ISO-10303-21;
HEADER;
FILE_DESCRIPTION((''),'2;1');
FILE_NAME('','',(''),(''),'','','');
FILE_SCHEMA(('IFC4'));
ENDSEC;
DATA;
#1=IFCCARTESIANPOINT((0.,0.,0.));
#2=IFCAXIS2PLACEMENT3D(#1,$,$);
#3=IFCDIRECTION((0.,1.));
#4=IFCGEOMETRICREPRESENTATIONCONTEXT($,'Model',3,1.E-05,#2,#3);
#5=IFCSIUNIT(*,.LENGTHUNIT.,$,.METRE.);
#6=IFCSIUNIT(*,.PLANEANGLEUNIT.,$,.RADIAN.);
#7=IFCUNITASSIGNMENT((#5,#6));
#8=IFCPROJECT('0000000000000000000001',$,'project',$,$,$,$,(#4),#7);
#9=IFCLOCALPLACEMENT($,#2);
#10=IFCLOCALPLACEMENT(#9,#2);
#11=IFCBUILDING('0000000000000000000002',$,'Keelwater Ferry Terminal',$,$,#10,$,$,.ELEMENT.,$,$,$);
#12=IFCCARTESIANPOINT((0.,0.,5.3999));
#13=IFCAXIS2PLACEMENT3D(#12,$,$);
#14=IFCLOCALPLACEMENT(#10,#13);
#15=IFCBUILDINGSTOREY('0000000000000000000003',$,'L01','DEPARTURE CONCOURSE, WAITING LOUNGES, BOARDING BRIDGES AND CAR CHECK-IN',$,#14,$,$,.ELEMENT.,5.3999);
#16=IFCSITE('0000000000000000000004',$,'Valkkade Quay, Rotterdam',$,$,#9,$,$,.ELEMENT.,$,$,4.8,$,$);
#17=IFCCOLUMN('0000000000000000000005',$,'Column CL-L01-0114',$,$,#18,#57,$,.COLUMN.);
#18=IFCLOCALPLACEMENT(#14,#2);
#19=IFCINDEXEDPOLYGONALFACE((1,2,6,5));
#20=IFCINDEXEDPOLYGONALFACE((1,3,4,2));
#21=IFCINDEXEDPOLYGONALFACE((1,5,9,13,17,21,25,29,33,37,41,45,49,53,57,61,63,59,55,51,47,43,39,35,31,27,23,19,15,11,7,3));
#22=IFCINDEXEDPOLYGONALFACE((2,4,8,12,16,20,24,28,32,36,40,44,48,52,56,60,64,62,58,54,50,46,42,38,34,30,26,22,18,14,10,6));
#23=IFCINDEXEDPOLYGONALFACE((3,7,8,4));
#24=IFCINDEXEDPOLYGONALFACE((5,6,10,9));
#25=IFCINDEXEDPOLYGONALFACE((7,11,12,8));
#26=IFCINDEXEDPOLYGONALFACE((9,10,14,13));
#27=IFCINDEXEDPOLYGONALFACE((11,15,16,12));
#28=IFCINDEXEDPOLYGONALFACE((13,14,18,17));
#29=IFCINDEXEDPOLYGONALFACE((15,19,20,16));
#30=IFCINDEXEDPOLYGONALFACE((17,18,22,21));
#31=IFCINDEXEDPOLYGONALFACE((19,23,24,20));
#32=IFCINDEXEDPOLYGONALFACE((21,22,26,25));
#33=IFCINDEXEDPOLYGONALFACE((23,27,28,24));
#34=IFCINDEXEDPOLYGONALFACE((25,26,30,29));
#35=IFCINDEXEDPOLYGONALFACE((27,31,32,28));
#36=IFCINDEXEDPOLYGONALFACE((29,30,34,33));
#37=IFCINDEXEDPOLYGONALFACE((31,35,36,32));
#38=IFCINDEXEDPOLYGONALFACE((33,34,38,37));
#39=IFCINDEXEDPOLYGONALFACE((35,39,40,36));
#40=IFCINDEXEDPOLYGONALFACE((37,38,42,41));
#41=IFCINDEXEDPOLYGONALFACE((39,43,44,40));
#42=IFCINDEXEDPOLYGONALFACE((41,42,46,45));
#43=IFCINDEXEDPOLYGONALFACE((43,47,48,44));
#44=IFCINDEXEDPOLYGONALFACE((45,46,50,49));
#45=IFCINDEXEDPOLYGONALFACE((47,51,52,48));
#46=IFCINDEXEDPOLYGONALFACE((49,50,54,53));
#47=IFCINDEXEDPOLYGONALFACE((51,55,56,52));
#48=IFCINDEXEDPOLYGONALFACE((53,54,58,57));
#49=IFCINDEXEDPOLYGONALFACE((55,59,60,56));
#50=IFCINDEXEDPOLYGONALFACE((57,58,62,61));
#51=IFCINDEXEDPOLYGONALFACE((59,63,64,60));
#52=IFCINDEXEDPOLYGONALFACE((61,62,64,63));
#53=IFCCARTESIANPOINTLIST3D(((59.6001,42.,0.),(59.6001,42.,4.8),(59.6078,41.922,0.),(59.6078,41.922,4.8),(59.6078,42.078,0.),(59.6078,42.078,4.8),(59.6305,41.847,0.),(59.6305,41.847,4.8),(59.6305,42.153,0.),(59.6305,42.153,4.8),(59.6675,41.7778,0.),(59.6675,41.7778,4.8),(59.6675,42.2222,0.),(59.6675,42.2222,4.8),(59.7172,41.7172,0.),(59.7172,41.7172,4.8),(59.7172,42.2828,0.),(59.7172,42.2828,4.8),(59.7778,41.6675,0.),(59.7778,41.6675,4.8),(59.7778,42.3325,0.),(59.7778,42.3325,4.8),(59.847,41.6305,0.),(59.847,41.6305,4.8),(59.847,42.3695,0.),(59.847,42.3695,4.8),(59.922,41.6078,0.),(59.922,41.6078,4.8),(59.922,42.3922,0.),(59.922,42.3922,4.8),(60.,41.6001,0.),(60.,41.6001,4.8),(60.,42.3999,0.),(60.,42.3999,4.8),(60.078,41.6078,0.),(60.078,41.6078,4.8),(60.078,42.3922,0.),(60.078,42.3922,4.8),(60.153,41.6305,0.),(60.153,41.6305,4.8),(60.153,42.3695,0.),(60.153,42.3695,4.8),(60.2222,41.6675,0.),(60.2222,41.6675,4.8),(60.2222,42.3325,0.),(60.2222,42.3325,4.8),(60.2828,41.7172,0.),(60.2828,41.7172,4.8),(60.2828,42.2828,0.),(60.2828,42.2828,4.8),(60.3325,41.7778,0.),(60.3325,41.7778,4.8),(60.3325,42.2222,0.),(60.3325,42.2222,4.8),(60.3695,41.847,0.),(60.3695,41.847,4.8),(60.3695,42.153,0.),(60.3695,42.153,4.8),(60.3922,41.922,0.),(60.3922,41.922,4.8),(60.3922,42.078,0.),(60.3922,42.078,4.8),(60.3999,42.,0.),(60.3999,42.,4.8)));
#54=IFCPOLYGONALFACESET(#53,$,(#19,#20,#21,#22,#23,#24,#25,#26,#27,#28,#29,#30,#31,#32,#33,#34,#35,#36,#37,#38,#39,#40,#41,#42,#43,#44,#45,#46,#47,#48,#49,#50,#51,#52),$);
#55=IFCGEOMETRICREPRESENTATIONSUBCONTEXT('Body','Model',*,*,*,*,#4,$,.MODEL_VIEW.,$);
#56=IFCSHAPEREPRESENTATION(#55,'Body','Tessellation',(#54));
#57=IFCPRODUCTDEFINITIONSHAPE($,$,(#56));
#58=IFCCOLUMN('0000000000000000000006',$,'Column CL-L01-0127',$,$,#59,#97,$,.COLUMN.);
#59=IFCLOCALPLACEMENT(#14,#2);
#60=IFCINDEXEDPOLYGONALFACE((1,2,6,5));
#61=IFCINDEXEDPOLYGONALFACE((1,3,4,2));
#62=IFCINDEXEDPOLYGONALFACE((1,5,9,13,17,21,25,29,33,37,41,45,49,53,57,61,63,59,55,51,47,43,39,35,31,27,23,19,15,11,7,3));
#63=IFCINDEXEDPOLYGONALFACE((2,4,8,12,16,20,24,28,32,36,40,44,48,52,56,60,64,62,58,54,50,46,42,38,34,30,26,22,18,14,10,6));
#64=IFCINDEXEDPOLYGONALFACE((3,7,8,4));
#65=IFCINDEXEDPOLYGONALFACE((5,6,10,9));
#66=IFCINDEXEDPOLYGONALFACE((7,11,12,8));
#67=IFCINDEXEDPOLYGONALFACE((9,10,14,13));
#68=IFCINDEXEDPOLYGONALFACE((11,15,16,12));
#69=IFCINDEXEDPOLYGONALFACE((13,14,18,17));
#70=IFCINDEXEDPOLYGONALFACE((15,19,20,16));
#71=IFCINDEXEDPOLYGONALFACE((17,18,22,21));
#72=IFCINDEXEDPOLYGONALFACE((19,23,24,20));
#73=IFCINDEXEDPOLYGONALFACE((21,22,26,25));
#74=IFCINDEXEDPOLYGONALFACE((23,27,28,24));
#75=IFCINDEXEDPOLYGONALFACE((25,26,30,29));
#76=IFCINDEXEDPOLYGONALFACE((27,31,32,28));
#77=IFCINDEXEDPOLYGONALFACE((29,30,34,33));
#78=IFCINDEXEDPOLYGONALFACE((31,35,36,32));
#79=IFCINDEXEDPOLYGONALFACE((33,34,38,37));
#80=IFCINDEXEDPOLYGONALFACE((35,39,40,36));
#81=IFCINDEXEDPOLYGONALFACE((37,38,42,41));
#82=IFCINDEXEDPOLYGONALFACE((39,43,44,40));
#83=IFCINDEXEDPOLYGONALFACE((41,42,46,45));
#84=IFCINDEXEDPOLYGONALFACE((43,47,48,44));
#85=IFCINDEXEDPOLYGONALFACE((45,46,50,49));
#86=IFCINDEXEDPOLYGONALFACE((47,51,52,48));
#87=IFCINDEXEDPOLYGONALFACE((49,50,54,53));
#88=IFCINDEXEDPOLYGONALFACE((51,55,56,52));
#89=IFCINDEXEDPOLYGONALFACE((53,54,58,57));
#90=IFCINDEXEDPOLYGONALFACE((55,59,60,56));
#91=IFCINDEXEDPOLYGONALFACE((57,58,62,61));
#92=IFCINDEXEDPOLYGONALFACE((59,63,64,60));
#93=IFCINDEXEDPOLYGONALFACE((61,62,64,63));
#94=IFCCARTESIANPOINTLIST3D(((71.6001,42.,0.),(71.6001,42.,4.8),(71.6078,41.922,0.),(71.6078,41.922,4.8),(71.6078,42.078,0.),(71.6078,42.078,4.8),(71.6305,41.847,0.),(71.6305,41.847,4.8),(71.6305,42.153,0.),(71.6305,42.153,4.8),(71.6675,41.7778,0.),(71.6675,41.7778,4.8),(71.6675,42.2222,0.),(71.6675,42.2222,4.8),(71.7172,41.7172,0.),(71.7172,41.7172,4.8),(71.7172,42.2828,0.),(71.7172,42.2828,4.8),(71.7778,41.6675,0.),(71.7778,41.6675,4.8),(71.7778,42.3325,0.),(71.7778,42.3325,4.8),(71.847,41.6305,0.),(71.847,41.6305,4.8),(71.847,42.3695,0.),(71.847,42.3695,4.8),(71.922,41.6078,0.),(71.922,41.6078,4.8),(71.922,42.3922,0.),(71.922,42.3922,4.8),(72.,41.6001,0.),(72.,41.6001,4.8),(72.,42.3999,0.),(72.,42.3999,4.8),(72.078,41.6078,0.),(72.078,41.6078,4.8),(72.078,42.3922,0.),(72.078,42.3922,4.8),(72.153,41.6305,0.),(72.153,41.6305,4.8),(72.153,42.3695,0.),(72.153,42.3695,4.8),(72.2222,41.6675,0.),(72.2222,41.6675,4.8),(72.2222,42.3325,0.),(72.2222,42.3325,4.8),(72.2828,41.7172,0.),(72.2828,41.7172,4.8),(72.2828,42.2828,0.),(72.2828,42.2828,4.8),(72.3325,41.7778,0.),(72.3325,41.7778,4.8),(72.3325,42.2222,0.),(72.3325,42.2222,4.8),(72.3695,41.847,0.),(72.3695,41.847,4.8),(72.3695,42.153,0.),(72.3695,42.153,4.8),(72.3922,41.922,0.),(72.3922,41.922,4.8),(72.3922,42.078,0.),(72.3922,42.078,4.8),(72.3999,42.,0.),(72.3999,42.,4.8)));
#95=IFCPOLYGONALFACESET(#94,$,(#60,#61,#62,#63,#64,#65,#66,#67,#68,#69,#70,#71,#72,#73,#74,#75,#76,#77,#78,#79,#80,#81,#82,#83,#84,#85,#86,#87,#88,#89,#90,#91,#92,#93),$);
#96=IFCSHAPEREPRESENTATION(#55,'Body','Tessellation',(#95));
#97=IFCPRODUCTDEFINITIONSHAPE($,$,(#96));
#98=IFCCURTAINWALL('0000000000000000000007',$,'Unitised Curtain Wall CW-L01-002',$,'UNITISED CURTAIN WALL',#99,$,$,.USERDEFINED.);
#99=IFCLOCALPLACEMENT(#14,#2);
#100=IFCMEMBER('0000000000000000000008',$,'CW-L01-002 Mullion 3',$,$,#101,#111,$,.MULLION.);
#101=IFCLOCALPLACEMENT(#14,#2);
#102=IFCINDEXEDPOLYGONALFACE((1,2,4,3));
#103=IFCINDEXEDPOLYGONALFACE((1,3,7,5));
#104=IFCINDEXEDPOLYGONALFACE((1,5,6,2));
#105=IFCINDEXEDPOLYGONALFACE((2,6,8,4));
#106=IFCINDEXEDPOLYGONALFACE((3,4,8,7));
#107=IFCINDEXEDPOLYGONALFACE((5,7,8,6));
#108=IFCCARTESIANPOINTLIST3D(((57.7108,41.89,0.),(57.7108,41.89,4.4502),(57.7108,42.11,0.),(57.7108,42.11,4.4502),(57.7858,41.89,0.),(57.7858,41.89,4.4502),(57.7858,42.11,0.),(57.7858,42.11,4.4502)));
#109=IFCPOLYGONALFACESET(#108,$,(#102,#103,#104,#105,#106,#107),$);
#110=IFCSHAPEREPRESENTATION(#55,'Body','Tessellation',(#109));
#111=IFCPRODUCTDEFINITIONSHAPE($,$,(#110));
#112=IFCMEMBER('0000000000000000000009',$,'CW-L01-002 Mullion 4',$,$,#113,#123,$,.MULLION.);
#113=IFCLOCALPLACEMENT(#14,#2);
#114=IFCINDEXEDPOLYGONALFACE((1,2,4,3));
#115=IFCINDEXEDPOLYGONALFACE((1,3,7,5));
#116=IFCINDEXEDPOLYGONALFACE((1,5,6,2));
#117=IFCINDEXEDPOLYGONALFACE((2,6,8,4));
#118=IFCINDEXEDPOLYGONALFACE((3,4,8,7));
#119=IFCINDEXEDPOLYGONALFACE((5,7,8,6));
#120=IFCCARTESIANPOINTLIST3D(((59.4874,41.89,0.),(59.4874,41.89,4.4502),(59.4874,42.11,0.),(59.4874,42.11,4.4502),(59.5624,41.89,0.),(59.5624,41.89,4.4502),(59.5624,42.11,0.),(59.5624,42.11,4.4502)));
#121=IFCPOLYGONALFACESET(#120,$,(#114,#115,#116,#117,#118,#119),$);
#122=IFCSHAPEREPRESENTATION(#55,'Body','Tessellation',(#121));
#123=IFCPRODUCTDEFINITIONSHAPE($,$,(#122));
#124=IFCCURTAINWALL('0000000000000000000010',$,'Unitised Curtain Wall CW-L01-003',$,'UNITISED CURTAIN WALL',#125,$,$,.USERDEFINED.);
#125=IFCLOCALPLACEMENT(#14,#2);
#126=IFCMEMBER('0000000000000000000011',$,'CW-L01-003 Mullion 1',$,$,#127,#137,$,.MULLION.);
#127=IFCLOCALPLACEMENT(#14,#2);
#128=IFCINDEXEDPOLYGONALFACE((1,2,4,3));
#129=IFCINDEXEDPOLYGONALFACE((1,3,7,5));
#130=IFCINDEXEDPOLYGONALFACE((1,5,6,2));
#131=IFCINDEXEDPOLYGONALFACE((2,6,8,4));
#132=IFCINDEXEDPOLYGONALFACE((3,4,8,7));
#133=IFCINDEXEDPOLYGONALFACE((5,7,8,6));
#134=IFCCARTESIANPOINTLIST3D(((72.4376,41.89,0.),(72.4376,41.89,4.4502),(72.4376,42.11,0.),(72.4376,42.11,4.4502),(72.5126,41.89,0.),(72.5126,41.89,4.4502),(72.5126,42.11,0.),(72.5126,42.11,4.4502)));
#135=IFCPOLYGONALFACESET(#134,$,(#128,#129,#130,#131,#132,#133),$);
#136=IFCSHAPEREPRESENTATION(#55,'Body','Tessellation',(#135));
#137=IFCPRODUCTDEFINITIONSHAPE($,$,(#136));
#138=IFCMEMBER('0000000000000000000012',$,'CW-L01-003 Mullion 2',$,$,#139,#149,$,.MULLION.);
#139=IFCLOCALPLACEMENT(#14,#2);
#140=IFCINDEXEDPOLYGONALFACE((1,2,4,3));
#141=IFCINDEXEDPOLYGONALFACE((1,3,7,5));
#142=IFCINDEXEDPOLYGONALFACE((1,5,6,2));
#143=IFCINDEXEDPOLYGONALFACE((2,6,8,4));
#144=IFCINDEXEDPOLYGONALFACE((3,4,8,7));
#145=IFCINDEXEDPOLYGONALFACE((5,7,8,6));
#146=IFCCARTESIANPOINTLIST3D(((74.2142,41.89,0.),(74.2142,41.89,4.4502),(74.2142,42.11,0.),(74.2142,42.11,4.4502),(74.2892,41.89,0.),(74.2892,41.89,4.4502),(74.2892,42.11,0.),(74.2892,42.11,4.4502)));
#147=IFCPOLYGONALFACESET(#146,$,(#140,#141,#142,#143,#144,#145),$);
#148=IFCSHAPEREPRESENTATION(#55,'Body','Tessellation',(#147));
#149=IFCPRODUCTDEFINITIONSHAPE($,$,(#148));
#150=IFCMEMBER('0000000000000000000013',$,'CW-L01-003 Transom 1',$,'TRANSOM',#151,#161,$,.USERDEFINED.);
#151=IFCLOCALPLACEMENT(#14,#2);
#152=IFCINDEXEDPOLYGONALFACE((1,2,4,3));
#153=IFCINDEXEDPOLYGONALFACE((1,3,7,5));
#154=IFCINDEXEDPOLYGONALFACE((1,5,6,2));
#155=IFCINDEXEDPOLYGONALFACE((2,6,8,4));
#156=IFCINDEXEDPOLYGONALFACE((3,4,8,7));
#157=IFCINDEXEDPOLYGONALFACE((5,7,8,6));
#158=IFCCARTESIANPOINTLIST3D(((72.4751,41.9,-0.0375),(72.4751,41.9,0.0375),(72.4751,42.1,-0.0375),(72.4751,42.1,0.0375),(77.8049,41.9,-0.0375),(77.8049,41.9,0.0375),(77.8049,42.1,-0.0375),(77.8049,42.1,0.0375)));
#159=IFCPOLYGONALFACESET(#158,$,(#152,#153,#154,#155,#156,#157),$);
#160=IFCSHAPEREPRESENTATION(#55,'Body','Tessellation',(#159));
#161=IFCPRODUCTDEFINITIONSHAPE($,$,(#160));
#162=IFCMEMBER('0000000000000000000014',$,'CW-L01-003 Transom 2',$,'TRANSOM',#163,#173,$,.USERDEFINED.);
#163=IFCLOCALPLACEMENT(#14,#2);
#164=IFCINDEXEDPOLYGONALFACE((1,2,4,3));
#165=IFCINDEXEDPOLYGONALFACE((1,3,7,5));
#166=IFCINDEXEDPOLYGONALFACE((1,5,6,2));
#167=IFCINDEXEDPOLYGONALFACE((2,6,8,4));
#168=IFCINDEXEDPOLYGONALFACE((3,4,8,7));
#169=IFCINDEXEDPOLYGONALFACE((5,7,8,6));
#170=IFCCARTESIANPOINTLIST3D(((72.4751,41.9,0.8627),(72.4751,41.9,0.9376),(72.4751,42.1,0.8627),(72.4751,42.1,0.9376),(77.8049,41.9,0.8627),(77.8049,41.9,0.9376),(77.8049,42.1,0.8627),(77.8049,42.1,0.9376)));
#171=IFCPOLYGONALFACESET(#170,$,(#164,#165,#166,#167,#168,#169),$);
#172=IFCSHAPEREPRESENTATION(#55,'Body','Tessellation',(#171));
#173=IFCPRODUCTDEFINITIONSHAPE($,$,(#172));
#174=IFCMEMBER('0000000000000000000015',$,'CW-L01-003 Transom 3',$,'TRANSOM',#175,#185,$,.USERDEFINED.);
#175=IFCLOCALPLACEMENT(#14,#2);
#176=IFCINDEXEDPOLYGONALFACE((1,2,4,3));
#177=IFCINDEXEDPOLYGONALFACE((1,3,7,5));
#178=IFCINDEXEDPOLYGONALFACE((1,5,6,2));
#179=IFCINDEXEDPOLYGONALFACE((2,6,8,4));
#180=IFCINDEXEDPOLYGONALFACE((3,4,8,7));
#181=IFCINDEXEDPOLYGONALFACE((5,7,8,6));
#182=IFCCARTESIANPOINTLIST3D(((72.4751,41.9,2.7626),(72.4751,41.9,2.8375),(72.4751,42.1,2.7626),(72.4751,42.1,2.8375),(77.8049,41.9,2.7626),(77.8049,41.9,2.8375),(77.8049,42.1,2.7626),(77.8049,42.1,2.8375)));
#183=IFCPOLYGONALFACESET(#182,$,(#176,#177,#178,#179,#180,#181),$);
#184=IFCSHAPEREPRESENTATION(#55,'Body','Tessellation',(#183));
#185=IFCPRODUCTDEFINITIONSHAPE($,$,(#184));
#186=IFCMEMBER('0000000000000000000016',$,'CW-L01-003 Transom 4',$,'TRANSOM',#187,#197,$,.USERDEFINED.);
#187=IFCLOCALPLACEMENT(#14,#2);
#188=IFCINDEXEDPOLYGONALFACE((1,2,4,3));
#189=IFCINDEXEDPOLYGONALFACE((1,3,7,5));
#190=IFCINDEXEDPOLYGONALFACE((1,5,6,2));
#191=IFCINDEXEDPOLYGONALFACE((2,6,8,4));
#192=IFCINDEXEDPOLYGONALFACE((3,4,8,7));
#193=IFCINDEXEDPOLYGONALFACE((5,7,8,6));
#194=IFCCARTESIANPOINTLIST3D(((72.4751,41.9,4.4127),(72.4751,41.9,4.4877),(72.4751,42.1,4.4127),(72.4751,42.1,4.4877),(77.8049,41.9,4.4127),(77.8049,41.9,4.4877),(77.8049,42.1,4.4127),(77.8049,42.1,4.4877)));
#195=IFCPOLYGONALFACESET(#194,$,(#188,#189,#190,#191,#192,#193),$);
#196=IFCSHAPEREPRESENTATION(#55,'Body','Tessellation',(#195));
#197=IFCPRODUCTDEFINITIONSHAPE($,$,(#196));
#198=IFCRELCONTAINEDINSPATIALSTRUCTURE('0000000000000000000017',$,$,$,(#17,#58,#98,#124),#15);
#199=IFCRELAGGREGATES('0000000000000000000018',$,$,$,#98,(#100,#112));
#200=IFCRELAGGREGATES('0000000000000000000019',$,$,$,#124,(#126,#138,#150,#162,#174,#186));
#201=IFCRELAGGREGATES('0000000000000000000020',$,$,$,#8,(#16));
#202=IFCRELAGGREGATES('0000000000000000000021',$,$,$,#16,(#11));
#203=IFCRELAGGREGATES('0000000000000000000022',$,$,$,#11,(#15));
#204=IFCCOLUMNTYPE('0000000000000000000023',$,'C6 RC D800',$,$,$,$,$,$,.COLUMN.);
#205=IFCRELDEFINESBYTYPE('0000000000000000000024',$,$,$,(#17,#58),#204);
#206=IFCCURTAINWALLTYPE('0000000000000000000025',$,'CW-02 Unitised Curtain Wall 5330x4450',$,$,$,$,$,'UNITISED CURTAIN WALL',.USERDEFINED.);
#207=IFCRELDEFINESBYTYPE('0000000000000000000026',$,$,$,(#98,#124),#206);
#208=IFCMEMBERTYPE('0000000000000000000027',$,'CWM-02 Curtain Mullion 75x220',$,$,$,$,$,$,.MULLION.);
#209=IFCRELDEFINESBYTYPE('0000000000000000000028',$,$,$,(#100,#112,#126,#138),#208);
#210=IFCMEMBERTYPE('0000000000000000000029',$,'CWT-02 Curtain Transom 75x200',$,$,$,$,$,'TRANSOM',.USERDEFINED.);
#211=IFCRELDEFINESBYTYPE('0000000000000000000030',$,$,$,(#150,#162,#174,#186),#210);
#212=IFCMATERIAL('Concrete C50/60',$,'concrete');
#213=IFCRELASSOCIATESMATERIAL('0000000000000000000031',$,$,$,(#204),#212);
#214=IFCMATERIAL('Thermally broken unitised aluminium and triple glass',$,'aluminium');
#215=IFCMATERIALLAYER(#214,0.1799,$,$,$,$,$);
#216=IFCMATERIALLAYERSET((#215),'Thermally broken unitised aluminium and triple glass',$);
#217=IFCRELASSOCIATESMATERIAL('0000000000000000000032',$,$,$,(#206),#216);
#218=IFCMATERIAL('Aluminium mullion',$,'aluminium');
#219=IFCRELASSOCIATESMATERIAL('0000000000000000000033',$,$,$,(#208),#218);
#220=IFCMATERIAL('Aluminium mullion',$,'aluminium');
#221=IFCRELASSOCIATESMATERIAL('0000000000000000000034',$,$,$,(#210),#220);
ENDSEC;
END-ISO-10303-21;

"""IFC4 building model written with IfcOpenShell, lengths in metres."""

from ifc_helpers import new_model, si_unit, direction, frame, origin, origin_2d, place, context, subcontext, project, spatial, rectangle, circle, extrude, material, layer, layer_set, material_profile, profile_set, type_object, element, aggregate, save


model = new_model("IFC4")

# Units and contexts
model_context = context("Model", 3, precision=1e-05, world=origin(), true_north=direction((0.0, 1.0)))
body_context = subcontext(model_context, "Body", "Model", "MODEL_VIEW")
ifc_project = project(units=[si_unit("LENGTHUNIT", "METRE"), si_unit("PLANEANGLEUNIT", "RADIAN")], contexts=[model_context])

# Site, building, storey
site_placement = place(None, origin())
site = spatial("IfcSite", under=ifc_project, at=site_placement, Name="Valkkade Quay, Rotterdam", CompositionType="ELEMENT", RefElevation=4.8)
building_placement = place(site_placement, origin())
building = spatial("IfcBuilding", under=site, at=building_placement, Name="Keelwater Ferry Terminal", CompositionType="ELEMENT")
storey_placement = place(building_placement, frame((0.0, 0.0, 5.3999)))
storey = spatial("IfcBuildingStorey", under=building, at=storey_placement, Name="L01", Description="DEPARTURE CONCOURSE, WAITING LOUNGES, BOARDING BRIDGES AND CAR CHECK-IN", CompositionType="ELEMENT", Elevation=5.3999)

# Columns
ifc_material_1 = material(Name="Concrete C50/60", Category="concrete")
ifc_material_profile_1 = material_profile(ifc_material_1, circle(Radius=0.3999, at=origin_2d()), Name="RC D800")
ifc_profile_set_1 = profile_set([ifc_material_profile_1], Name="Concrete C50/60")
column_type = type_object("IfcColumnType", Name="C6 RC D800", PredefinedType="COLUMN", material=ifc_profile_set_1)
for number, where, z_axis, x_axis, name in (
    (1, (60.0, 42.0, 0.0), (0.0, 0.0, 1.0), (1.0, 0.0, 0.0), "Column CL-L01-0114"),
    (2, (72.0, 42.0, 0.0), (0.0, 0.0, 1.0), (1.0, 0.0, 0.0), "Column CL-L01-0127"),
):
    element("IfcColumn", number, at=place(storey_placement, frame(where, z_axis=z_axis, x_axis=x_axis)), inside=storey, type_object=column_type, Name=name, PredefinedType="COLUMN", context=body_context, shape_type="SweptSolid", body=[
        extrude(circle(Radius=0.3999, at=origin_2d()), origin(), (0.0, 0.0, 1.0), 4.8),
    ])

# Curtain walls, members
ifc_material_2 = material(Name="Thermally broken unitised aluminium and triple glass", Category="aluminium")
ifc_layer_1 = layer(ifc_material_2, 0.1799)
ifc_layer_set_1 = layer_set([ifc_layer_1], Name="Thermally broken unitised aluminium and triple glass")
curtain_wall_type = type_object("IfcCurtainWallType", Name="CW-02 Unitised Curtain Wall 5330x4450", ElementType="UNITISED CURTAIN WALL", PredefinedType="USERDEFINED", material=ifc_layer_set_1)
curtain_wall_1_placement = place(storey_placement, origin())
curtain_wall_1 = element("IfcCurtainWall", 3, at=curtain_wall_1_placement, inside=storey, type_object=curtain_wall_type, Name="Unitised Curtain Wall CW-L01-002", ObjectType="UNITISED CURTAIN WALL", PredefinedType="USERDEFINED")
ifc_material_3 = material(Name="Aluminium mullion", Category="aluminium")
ifc_material_profile_2 = material_profile(ifc_material_3, rectangle(XDim=0.075, YDim=0.22, at=origin_2d()), Name="CWM-02")
ifc_profile_set_2 = profile_set([ifc_material_profile_2], Name="Aluminium mullion")
member_type_1 = type_object("IfcMemberType", Name="CWM-02 Curtain Mullion 75x220", PredefinedType="MULLION", material=ifc_profile_set_2)
member_1_placement = place(storey_placement, frame((57.7483, 42.0, 0.0), z_axis=(0.0, 0.0, 1.0), x_axis=(1.0, 0.0, 0.0)))
member_1 = element("IfcMember", 4, at=member_1_placement, type_object=member_type_1, Name="CW-L01-002 Mullion 3", PredefinedType="MULLION", context=body_context, shape_type="SweptSolid", body=[
    extrude(rectangle(XDim=0.075, YDim=0.22, at=origin_2d()), origin(), (0.0, 0.0, 1.0), 4.4502),
])
member_2_placement = place(storey_placement, frame((59.5249, 42.0, 0.0), z_axis=(0.0, 0.0, 1.0), x_axis=(1.0, 0.0, 0.0)))
member_2 = element("IfcMember", 5, at=member_2_placement, type_object=member_type_1, Name="CW-L01-002 Mullion 4", PredefinedType="MULLION", context=body_context, shape_type="SweptSolid", body=[
    extrude(rectangle(XDim=0.075, YDim=0.22, at=origin_2d()), origin(), (0.0, 0.0, 1.0), 4.4502),
])
curtain_wall_2_placement = place(storey_placement, origin())
curtain_wall_2 = element("IfcCurtainWall", 6, at=curtain_wall_2_placement, inside=storey, type_object=curtain_wall_type, Name="Unitised Curtain Wall CW-L01-003", ObjectType="UNITISED CURTAIN WALL", PredefinedType="USERDEFINED")
member_3_placement = place(storey_placement, frame((72.4751, 42.0, 0.0), z_axis=(0.0, 0.0, 1.0), x_axis=(1.0, 0.0, 0.0)))
member_3 = element("IfcMember", 7, at=member_3_placement, type_object=member_type_1, Name="CW-L01-003 Mullion 1", PredefinedType="MULLION", context=body_context, shape_type="SweptSolid", body=[
    extrude(rectangle(XDim=0.075, YDim=0.22, at=origin_2d()), origin(), (0.0, 0.0, 1.0), 4.4502),
])
member_4_placement = place(storey_placement, frame((74.2517, 42.0, 0.0), z_axis=(0.0, 0.0, 1.0), x_axis=(1.0, 0.0, 0.0)))
member_4 = element("IfcMember", 8, at=member_4_placement, type_object=member_type_1, Name="CW-L01-003 Mullion 2", PredefinedType="MULLION", context=body_context, shape_type="SweptSolid", body=[
    extrude(rectangle(XDim=0.075, YDim=0.22, at=origin_2d()), origin(), (0.0, 0.0, 1.0), 4.4502),
])
ifc_material_4 = material(Name="Aluminium mullion", Category="aluminium")
ifc_material_profile_3 = material_profile(ifc_material_4, rectangle(XDim=0.2, YDim=0.075, at=origin_2d()), Name="CWT-02")
ifc_profile_set_3 = profile_set([ifc_material_profile_3], Name="Aluminium mullion")
member_type_2 = type_object("IfcMemberType", Name="CWT-02 Curtain Transom 75x200", ElementType="TRANSOM", PredefinedType="USERDEFINED", material=ifc_profile_set_3)
member_5_placement = place(storey_placement, frame((72.4751, 42.0, 0.0), z_axis=(1.0, 0.0, 0.0), x_axis=(0.0, 1.0, 0.0)))
member_5 = element("IfcMember", 9, at=member_5_placement, type_object=member_type_2, Name="CW-L01-003 Transom 1", ObjectType="TRANSOM", PredefinedType="USERDEFINED", context=body_context, shape_type="SweptSolid", body=[
    extrude(rectangle(XDim=0.2, YDim=0.075, at=origin_2d()), origin(), (0.0, 0.0, 1.0), 5.3298),
])
member_6_placement = place(storey_placement, frame((72.4751, 42.0, 0.9001), z_axis=(1.0, 0.0, 0.0), x_axis=(0.0, 1.0, 0.0)))
member_6 = element("IfcMember", 10, at=member_6_placement, type_object=member_type_2, Name="CW-L01-003 Transom 2", ObjectType="TRANSOM", PredefinedType="USERDEFINED", context=body_context, shape_type="SweptSolid", body=[
    extrude(rectangle(XDim=0.2, YDim=0.075, at=origin_2d()), origin(), (0.0, 0.0, 1.0), 5.3298),
])
member_7_placement = place(storey_placement, frame((72.4751, 42.0, 2.8), z_axis=(1.0, 0.0, 0.0), x_axis=(0.0, 1.0, 0.0)))
member_7 = element("IfcMember", 11, at=member_7_placement, type_object=member_type_2, Name="CW-L01-003 Transom 3", ObjectType="TRANSOM", PredefinedType="USERDEFINED", context=body_context, shape_type="SweptSolid", body=[
    extrude(rectangle(XDim=0.2, YDim=0.075, at=origin_2d()), origin(), (0.0, 0.0, 1.0), 5.3298),
])
member_8_placement = place(storey_placement, frame((72.4751, 42.0, 4.4502), z_axis=(1.0, 0.0, 0.0), x_axis=(0.0, 1.0, 0.0)))
member_8 = element("IfcMember", 12, at=member_8_placement, type_object=member_type_2, Name="CW-L01-003 Transom 4", ObjectType="TRANSOM", PredefinedType="USERDEFINED", context=body_context, shape_type="SweptSolid", body=[
    extrude(rectangle(XDim=0.2, YDim=0.075, at=origin_2d()), origin(), (0.0, 0.0, 1.0), 5.3298),
])

aggregate(curtain_wall_1, [member_1, member_2])
aggregate(curtain_wall_2, [member_3, member_4, member_5, member_6, member_7, member_8])

save(model, "model.ifc")
